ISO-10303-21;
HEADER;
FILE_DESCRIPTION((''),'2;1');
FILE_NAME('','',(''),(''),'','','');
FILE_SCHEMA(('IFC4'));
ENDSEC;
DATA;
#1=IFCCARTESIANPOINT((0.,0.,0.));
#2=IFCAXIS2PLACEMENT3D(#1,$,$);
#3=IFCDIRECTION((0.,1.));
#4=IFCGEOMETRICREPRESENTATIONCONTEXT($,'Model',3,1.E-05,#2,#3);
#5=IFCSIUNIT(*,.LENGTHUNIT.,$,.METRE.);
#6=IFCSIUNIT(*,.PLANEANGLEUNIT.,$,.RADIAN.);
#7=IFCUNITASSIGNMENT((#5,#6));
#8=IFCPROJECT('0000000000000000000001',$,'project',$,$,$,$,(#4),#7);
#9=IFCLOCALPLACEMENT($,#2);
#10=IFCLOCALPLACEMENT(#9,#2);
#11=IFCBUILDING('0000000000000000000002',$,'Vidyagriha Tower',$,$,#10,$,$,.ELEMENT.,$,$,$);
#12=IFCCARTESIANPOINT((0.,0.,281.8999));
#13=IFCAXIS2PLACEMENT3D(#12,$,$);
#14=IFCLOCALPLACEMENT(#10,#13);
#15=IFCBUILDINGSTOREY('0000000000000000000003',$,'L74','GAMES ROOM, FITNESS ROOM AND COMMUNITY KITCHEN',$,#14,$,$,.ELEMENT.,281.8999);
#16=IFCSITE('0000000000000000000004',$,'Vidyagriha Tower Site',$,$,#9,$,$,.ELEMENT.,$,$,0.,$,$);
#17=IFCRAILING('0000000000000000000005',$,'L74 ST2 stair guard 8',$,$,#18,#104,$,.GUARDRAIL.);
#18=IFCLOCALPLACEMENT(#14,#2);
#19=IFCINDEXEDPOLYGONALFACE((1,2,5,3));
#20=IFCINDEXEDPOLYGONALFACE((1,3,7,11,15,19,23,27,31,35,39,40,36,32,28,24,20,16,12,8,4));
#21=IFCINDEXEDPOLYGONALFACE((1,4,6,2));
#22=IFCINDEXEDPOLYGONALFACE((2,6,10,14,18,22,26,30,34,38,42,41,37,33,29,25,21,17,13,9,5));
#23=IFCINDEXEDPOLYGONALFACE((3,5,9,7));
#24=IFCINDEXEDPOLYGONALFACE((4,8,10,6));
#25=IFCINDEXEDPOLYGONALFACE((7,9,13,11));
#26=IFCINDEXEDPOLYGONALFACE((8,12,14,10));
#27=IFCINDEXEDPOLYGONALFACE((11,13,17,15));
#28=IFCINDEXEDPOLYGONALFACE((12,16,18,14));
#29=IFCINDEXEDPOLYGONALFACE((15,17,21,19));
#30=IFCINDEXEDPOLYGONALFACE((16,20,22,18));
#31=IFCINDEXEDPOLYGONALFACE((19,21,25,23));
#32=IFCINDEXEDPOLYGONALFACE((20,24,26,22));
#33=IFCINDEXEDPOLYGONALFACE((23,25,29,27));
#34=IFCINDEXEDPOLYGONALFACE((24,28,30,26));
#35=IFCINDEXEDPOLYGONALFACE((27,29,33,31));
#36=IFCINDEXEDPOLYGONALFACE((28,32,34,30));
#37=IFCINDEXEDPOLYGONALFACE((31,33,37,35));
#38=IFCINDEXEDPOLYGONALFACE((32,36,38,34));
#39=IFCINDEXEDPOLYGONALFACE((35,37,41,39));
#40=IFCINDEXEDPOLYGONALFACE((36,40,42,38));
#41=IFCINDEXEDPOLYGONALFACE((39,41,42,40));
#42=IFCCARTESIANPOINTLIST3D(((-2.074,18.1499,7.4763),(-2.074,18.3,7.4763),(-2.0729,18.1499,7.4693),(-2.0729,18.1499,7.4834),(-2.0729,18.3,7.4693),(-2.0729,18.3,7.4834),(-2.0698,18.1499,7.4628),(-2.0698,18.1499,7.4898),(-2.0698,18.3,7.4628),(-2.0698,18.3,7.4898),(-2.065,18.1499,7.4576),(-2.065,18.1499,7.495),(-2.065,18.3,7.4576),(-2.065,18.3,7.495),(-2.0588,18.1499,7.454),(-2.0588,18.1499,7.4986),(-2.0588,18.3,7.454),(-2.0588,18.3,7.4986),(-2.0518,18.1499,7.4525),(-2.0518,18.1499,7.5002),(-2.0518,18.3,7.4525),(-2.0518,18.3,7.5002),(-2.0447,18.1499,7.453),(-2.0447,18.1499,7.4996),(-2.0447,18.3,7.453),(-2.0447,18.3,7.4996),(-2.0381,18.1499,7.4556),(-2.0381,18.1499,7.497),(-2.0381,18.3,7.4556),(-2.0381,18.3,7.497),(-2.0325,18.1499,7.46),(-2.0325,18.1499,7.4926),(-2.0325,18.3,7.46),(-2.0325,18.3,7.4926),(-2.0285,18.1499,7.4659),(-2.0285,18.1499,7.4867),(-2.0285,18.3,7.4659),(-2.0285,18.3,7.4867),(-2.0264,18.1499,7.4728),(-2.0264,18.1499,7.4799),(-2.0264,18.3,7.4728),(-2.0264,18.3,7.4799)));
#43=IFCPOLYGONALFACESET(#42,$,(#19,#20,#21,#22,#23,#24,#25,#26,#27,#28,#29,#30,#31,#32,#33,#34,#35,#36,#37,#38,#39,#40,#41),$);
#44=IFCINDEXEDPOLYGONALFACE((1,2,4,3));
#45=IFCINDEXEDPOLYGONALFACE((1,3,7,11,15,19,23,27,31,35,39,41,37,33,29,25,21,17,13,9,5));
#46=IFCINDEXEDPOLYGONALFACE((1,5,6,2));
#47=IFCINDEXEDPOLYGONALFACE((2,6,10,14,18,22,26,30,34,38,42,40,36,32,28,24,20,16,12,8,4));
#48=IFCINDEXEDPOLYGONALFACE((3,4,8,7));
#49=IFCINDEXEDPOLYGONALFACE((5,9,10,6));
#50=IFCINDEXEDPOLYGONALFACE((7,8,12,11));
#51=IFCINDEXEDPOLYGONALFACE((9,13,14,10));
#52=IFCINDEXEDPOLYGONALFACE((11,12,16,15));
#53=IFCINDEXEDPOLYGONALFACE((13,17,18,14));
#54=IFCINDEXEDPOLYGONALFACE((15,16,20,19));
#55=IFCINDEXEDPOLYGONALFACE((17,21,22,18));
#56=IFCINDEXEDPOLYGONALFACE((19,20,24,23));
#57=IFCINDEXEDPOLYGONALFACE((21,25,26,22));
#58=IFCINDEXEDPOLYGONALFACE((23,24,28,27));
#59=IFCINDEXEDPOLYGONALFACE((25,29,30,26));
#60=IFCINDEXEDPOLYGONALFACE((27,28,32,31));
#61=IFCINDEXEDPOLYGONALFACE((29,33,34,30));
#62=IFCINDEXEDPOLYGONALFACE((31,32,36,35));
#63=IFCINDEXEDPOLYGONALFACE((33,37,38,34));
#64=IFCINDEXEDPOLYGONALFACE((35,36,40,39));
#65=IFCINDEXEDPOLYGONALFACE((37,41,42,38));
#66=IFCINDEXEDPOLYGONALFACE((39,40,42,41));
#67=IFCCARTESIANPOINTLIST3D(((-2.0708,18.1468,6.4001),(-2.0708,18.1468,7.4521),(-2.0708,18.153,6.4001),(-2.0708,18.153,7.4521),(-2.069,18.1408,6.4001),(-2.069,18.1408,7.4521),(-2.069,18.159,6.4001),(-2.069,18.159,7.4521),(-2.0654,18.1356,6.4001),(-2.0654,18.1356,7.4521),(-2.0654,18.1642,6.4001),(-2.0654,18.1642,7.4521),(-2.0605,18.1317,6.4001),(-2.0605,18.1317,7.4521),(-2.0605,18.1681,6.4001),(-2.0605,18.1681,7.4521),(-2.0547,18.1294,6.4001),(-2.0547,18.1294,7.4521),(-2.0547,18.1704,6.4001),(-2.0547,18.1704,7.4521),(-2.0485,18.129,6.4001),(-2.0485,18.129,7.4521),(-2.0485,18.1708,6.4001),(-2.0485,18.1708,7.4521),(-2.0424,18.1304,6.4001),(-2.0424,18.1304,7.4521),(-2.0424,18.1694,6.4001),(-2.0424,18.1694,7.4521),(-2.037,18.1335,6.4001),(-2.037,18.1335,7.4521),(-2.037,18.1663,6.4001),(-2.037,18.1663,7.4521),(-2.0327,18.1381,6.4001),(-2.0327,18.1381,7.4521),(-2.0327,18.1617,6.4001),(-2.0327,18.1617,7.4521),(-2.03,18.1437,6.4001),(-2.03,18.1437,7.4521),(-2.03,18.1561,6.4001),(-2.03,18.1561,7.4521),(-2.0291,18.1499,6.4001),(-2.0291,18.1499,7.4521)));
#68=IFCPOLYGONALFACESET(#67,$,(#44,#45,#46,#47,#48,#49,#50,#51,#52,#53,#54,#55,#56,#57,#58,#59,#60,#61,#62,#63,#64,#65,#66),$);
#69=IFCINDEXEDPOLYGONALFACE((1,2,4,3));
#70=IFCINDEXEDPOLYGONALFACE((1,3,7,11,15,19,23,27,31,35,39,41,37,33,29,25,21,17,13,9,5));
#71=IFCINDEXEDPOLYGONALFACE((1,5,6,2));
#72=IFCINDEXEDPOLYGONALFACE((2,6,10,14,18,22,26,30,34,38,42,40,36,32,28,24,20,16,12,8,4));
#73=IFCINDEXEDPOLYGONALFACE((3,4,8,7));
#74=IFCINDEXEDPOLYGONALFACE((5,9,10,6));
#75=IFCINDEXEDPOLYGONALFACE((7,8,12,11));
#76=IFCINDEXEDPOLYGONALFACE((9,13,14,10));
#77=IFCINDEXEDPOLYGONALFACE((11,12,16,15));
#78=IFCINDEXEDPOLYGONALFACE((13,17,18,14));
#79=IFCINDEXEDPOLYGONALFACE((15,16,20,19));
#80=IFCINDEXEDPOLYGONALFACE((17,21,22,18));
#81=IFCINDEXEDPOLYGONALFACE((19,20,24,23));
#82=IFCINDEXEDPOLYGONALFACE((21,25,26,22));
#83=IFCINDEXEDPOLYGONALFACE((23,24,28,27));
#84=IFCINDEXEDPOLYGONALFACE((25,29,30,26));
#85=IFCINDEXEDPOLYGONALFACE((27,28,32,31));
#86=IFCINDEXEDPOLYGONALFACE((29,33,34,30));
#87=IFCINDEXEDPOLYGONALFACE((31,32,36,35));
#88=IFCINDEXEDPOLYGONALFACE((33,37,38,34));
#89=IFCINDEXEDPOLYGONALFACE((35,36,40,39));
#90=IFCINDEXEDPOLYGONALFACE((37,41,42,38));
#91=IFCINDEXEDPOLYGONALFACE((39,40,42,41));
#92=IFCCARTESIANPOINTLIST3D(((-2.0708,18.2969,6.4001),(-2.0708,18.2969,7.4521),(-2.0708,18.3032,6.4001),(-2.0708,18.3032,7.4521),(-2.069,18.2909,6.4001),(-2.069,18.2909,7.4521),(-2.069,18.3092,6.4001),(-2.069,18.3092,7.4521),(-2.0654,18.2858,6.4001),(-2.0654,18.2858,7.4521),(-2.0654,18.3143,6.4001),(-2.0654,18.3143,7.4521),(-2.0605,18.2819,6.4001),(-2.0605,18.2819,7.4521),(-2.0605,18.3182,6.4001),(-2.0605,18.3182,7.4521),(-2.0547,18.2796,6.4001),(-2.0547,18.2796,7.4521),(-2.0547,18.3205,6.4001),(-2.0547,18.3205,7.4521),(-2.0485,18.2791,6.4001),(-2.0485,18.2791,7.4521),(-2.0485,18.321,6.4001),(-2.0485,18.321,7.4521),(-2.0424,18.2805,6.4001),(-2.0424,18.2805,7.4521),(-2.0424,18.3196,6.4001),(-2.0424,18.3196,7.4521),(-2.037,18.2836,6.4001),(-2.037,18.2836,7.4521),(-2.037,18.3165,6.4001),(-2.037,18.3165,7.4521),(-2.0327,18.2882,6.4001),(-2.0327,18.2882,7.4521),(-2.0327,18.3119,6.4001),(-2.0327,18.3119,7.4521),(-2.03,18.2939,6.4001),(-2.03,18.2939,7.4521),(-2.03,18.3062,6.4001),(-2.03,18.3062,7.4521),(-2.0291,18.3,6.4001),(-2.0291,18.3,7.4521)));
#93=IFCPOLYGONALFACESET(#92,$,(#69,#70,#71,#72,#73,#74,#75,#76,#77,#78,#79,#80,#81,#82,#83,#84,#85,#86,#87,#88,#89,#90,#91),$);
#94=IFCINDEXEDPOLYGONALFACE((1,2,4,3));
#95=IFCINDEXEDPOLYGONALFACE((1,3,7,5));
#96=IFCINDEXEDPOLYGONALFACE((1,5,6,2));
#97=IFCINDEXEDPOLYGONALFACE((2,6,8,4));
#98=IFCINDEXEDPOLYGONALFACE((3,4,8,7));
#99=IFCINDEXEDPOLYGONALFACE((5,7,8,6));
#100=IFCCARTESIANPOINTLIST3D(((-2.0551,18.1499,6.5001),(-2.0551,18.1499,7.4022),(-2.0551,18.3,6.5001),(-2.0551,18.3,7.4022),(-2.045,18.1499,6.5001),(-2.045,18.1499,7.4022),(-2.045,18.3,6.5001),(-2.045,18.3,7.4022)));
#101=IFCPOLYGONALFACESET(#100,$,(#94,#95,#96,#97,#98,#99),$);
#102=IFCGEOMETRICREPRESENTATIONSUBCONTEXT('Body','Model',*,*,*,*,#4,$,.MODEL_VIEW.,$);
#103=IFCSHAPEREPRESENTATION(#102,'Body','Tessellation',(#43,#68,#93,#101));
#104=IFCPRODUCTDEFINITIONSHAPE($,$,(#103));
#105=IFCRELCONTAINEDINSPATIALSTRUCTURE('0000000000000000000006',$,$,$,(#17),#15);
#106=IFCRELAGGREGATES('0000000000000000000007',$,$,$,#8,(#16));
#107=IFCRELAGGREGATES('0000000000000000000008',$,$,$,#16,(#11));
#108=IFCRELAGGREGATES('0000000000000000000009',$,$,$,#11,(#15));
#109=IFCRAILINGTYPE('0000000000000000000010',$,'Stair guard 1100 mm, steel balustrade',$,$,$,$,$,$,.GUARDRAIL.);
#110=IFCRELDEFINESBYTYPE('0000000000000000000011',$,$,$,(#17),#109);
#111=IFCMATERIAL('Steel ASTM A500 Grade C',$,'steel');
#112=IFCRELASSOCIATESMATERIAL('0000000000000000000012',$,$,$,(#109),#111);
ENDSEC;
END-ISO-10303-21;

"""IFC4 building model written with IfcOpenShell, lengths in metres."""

from ifc_helpers import new_model, si_unit, direction, frame, origin, origin_2d, place, context, subcontext, project, spatial, rectangle, circle, extrude, material, type_object, element, save


model = new_model("IFC4")

# Units and contexts
model_context = context("Model", 3, precision=1e-05, world=origin(), true_north=direction((0.0, 1.0)))
body_context = subcontext(model_context, "Body", "Model", "MODEL_VIEW")
ifc_project = project(units=[si_unit("LENGTHUNIT", "METRE"), si_unit("PLANEANGLEUNIT", "RADIAN")], contexts=[model_context])

# Site, building, storey
site_placement = place(None, origin())
site = spatial("IfcSite", under=ifc_project, at=site_placement, Name="Vidyagriha Tower Site", CompositionType="ELEMENT", RefElevation=0.0)
building_placement = place(site_placement, origin())
building = spatial("IfcBuilding", under=site, at=building_placement, Name="Vidyagriha Tower", CompositionType="ELEMENT")
storey_placement = place(building_placement, frame((0.0, 0.0, 281.8999)))
storey = spatial("IfcBuildingStorey", under=building, at=storey_placement, Name="L74", Description="GAMES ROOM, FITNESS ROOM AND COMMUNITY KITCHEN", CompositionType="ELEMENT", Elevation=281.8999)

# Railing
ifc_material_1 = material(Name="Steel ASTM A500 Grade C", Category="steel")
railing_type_1 = type_object("IfcRailingType", Name="Stair guard 1100 mm, steel balustrade", PredefinedType="GUARDRAIL", material=ifc_material_1)
railing_1_placement = place(storey_placement, frame((-2.05, 18.1499, 6.4001)))
element("IfcRailing", 1, at=railing_1_placement, inside=storey, type_object=railing_type_1, Name="L74 ST2 stair guard 8", PredefinedType="GUARDRAIL", context=body_context, shape_type="SweptSolid", body=[
    extrude(circle(Radius=0.0239, at=origin_2d()), frame((0.0, 0.0, 1.0762), z_axis=(0.0, 1.0, 0.0), x_axis=(-1.0, 0.0, 0.0)), (0.0, 0.0, 1.0), 0.1501),
    extrude(circle(Radius=0.021, at=origin_2d()), origin(), (0.0, 0.0, 1.0), 1.052),
    extrude(circle(Radius=0.021, at=origin_2d()), frame((0.0, 0.1501, 0.0)), (0.0, 0.0, 1.0), 1.052),
    extrude(rectangle(XDim=0.01, YDim=0.9021, at=origin_2d()), frame((0.0, 0.0, 0.551), z_axis=(0.0, 1.0, 0.0), x_axis=(-1.0, 0.0, 0.0)), (0.0, 0.0, 1.0), 0.1501),
])

save(model, "model.ifc")
